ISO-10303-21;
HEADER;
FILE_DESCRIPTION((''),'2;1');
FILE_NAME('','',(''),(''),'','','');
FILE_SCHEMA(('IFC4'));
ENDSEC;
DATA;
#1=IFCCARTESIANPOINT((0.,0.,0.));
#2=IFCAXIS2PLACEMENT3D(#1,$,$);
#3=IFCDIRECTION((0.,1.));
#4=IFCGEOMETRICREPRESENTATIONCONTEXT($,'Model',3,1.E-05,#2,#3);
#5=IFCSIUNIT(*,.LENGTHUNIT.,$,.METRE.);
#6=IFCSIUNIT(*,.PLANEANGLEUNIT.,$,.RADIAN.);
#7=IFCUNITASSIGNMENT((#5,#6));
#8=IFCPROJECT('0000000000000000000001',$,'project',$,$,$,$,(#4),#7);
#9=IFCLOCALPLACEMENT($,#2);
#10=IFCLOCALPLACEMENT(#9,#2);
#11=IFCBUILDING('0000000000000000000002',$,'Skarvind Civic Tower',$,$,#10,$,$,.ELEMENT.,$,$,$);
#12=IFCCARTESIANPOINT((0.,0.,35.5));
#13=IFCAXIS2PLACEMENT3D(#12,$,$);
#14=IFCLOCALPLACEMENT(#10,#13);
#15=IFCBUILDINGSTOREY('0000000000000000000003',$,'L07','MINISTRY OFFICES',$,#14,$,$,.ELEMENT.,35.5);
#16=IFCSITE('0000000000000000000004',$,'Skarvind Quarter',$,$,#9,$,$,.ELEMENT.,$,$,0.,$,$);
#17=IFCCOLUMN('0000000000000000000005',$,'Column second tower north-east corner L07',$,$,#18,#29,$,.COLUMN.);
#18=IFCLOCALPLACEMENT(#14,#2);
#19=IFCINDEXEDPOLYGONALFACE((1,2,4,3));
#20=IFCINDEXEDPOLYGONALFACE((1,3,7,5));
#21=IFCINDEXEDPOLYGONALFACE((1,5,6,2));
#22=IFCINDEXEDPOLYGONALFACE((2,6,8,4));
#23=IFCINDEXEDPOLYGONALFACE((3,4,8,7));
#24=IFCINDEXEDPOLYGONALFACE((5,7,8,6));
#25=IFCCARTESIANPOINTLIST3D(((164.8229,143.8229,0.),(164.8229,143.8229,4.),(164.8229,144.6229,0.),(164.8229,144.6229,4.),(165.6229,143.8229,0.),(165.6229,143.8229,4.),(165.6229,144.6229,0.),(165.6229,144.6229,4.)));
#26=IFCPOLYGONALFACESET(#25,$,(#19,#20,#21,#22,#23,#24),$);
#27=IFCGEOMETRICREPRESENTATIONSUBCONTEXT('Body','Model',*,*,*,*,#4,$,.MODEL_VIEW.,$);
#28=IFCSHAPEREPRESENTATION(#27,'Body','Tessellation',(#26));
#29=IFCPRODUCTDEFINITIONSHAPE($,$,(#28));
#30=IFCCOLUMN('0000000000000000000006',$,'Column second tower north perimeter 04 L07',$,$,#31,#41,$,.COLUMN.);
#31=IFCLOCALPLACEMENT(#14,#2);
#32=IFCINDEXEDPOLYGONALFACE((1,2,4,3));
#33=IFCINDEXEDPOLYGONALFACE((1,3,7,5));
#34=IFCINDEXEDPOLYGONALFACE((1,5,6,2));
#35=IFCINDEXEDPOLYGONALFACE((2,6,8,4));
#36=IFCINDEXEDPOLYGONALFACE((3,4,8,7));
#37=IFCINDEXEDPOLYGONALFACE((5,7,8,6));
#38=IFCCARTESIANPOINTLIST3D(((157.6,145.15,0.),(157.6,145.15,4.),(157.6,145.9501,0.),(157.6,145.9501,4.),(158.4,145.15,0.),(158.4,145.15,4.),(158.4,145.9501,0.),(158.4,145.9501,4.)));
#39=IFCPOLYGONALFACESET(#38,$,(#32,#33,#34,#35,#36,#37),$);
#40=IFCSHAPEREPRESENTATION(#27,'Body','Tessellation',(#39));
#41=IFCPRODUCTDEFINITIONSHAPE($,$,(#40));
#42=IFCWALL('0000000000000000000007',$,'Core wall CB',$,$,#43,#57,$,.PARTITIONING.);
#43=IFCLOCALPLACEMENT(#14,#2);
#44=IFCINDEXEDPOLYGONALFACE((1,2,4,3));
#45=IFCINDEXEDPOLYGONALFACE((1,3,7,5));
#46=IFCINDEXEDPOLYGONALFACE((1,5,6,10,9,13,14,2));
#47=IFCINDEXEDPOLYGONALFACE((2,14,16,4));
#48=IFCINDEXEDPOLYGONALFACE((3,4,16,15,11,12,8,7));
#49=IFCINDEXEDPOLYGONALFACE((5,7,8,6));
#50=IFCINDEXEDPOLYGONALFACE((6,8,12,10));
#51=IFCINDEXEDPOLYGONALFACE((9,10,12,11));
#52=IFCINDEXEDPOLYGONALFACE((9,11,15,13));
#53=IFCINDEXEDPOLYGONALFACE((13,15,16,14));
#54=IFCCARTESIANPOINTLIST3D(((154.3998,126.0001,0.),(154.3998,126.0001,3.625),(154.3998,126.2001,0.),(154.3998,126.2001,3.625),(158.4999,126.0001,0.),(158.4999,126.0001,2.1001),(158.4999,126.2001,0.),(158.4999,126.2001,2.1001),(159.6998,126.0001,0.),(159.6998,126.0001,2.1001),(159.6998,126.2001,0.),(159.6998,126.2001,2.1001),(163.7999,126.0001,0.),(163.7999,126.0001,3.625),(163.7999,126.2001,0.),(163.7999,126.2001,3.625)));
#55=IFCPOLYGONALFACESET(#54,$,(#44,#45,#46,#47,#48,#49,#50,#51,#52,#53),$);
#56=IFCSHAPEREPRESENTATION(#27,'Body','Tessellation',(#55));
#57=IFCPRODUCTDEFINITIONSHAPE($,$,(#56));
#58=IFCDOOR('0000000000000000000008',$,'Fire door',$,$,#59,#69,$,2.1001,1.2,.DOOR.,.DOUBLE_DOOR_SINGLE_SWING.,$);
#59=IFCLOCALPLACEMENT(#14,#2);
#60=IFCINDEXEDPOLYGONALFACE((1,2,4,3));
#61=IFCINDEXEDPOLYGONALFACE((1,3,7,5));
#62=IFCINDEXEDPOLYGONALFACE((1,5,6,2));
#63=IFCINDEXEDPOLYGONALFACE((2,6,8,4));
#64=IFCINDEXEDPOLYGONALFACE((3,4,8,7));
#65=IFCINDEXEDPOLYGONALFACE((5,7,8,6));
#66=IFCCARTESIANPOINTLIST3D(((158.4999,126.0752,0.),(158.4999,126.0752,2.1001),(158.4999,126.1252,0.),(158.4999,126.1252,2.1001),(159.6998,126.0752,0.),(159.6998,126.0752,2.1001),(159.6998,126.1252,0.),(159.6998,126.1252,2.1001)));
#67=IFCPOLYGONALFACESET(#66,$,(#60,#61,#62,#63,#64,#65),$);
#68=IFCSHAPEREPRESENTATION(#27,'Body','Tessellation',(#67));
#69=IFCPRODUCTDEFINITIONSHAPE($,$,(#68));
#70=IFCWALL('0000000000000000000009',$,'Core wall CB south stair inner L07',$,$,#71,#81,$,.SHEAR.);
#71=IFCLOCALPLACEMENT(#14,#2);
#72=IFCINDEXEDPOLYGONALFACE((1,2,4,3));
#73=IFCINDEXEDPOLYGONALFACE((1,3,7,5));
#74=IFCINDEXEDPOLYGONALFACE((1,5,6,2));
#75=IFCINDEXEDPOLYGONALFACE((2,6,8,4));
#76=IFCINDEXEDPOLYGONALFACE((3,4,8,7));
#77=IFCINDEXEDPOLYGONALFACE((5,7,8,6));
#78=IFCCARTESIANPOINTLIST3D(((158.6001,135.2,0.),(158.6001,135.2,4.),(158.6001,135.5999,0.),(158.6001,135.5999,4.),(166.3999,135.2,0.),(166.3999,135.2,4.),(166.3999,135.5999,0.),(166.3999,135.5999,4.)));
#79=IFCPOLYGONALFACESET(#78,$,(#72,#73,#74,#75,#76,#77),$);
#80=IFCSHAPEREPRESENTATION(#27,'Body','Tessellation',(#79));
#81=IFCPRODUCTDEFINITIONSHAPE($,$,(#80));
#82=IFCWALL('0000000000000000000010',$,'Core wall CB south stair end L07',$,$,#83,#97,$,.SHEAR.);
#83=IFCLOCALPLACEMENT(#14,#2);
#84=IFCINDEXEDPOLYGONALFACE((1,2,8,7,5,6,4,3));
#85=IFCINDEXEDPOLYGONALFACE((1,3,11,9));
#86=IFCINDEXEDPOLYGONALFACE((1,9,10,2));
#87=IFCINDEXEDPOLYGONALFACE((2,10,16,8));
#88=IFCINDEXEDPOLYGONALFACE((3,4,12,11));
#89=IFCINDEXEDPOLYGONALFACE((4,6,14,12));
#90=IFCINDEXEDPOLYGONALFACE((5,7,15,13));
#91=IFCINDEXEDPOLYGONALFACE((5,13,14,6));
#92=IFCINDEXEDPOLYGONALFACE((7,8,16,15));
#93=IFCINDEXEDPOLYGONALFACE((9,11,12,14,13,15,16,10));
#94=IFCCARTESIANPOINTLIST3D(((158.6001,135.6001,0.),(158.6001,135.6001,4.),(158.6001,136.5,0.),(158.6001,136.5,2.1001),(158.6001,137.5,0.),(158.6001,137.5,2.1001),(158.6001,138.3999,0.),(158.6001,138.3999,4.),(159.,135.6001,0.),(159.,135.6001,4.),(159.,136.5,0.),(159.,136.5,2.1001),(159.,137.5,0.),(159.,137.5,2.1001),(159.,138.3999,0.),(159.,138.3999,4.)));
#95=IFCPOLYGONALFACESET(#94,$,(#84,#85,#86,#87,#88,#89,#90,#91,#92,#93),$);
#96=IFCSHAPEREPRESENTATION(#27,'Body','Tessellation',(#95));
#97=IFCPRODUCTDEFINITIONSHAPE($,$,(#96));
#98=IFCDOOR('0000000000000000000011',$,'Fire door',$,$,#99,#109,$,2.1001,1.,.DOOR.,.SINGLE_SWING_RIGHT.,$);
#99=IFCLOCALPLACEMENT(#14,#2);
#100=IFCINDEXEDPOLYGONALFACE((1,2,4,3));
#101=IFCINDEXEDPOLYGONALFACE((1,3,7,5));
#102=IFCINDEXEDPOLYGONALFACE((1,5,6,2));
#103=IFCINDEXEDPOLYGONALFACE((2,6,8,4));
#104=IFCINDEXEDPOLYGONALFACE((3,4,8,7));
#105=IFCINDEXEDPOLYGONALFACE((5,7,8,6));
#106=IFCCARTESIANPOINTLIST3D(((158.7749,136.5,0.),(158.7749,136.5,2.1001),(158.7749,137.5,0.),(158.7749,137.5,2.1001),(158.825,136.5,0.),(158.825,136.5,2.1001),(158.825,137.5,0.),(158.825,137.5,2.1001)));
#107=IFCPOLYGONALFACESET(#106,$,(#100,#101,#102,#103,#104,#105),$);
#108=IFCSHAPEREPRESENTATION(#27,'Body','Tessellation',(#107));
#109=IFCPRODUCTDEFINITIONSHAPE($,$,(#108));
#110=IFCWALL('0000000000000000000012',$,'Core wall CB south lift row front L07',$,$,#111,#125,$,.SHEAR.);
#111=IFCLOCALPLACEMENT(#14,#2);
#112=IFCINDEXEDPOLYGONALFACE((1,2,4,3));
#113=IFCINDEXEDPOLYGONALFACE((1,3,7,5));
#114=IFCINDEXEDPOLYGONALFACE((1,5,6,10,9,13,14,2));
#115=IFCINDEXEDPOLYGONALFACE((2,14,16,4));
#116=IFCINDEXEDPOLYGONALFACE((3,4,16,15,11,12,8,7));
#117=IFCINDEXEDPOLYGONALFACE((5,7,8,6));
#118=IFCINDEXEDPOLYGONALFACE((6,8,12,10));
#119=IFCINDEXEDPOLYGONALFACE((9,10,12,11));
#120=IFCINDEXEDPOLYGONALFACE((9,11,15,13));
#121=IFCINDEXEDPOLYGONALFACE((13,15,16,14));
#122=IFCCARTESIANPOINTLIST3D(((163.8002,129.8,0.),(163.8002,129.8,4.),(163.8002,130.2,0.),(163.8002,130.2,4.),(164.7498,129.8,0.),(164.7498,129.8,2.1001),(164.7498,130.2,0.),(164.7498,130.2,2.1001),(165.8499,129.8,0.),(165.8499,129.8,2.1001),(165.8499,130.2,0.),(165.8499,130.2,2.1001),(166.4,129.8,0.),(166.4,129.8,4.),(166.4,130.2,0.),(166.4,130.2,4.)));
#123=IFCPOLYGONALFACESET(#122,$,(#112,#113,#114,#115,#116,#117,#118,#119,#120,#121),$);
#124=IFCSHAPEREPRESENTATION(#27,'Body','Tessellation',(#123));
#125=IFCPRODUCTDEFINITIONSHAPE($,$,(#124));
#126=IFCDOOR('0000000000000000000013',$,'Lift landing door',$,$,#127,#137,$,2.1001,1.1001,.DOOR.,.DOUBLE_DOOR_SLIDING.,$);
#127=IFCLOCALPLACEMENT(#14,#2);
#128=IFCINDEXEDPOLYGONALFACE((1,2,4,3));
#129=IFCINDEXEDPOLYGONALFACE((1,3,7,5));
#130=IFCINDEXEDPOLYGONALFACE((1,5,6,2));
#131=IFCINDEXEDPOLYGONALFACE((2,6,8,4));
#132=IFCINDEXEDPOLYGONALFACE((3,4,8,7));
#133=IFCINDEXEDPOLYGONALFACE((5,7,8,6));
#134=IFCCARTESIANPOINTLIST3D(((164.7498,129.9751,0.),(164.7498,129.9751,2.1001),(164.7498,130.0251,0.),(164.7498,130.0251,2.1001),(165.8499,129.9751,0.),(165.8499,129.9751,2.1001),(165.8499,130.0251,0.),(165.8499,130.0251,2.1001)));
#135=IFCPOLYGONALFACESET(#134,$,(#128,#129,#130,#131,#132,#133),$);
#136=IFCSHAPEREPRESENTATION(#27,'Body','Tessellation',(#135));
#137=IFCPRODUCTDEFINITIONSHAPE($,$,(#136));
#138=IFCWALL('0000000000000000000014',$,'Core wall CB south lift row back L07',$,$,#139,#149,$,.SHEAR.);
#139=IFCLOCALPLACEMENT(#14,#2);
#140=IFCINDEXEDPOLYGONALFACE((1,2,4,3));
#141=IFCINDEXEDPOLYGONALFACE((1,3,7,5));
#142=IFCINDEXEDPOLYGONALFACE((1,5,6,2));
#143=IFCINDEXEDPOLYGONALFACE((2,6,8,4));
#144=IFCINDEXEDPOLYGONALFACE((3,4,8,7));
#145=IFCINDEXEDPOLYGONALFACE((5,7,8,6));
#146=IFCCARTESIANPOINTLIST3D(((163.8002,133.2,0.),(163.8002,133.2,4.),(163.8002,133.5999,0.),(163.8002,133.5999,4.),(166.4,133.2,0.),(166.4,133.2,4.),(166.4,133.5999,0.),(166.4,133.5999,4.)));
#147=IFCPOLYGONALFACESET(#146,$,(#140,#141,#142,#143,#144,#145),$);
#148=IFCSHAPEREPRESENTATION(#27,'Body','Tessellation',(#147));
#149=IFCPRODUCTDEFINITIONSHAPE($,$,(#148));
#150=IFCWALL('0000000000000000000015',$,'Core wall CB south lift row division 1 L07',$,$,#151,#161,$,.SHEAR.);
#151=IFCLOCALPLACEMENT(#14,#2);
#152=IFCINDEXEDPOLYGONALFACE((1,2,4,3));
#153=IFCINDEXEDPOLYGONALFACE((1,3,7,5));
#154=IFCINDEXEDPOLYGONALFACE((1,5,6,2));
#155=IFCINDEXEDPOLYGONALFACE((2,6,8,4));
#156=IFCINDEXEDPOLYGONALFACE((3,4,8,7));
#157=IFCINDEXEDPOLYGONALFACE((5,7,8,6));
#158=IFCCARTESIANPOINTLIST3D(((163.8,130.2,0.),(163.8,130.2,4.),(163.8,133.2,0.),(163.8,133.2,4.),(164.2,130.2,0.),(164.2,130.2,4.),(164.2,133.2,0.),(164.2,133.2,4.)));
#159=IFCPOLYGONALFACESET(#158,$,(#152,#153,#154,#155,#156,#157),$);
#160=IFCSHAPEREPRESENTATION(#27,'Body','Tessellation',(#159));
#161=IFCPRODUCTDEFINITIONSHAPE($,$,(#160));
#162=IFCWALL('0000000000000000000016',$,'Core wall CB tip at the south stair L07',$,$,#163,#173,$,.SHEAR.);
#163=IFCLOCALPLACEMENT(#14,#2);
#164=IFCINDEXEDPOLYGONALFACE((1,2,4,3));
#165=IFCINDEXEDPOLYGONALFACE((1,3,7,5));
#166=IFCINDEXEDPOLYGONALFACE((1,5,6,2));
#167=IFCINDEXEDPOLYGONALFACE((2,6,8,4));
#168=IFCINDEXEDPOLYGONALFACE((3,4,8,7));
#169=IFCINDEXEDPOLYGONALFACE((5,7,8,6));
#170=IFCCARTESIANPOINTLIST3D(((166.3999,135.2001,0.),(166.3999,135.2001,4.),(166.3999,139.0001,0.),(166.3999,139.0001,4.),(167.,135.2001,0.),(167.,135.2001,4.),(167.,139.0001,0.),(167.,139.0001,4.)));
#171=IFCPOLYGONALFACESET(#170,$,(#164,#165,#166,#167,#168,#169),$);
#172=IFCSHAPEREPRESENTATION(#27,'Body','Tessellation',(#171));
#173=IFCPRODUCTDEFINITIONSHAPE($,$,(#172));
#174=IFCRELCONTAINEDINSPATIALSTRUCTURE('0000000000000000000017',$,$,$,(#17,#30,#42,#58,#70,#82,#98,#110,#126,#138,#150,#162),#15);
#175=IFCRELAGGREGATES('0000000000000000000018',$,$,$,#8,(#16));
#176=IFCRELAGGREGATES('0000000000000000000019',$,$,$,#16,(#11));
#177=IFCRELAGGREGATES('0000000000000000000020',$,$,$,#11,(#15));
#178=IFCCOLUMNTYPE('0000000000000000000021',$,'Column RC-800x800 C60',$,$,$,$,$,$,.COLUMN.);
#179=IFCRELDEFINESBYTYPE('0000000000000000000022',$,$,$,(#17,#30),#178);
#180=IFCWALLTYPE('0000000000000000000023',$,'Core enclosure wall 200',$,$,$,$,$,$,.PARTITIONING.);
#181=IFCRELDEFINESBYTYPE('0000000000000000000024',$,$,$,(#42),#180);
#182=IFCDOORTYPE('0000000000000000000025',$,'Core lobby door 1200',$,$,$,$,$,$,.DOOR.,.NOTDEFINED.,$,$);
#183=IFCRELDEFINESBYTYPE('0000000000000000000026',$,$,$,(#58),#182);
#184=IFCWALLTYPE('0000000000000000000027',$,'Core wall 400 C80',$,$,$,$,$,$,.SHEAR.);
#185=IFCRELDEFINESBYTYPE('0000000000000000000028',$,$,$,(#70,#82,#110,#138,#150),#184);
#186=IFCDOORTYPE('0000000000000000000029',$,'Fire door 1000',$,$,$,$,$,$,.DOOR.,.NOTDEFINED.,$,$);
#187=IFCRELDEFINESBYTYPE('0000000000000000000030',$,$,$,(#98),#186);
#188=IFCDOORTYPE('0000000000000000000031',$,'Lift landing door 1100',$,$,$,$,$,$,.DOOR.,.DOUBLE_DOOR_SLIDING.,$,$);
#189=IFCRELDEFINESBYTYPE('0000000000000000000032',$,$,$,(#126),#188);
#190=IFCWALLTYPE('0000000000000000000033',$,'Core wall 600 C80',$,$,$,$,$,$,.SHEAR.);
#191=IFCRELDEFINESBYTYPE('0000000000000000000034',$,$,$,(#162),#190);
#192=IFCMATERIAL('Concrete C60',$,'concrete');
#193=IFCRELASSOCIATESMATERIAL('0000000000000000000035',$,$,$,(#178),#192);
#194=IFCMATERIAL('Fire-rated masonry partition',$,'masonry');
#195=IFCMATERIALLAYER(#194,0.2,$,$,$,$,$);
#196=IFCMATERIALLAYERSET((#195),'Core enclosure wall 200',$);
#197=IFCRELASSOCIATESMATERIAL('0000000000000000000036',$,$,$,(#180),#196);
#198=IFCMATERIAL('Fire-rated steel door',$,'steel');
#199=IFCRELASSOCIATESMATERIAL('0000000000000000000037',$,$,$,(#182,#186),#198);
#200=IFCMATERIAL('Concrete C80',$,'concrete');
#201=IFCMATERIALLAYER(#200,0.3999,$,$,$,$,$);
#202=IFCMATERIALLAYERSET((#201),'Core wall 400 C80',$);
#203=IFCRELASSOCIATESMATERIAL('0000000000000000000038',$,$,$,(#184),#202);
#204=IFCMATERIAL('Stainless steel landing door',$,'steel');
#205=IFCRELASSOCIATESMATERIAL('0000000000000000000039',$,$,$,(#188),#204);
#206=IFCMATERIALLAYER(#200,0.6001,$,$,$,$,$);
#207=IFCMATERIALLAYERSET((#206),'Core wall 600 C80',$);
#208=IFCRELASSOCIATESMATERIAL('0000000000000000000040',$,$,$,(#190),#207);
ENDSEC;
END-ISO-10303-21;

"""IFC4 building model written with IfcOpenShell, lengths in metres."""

from ifc_helpers import new_model, si_unit, direction, frame, frame_2d, origin, origin_2d, place, context, subcontext, project, spatial, rectangle, extrude, material, layer, layer_set, material_profile, profile_set, type_object, element, fill, save


model = new_model("IFC4")

# Units and contexts
model_context = context("Model", 3, precision=1e-05, world=origin(), true_north=direction((0.0, 1.0)))
body_context = subcontext(model_context, "Body", "Model", "MODEL_VIEW")
ifc_project = project(units=[si_unit("LENGTHUNIT", "METRE"), si_unit("PLANEANGLEUNIT", "RADIAN")], contexts=[model_context])

# Site, building, storey
site_placement = place(None, origin())
site = spatial("IfcSite", under=ifc_project, at=site_placement, Name="Skarvind Quarter", CompositionType="ELEMENT", RefElevation=0.0)
building_placement = place(site_placement, origin())
building = spatial("IfcBuilding", under=site, at=building_placement, Name="Skarvind Civic Tower", CompositionType="ELEMENT")
storey_placement = place(building_placement, frame((0.0, 0.0, 35.5)))
storey = spatial("IfcBuildingStorey", under=building, at=storey_placement, Name="L07", Description="MINISTRY OFFICES", CompositionType="ELEMENT", Elevation=35.5)

# Columns
ifc_material_1 = material(Name="Concrete C60", Category="concrete")
ifc_material_profile = material_profile(ifc_material_1, rectangle(XDim=0.8, YDim=0.8, at=origin_2d()), Name="RC-800x800")
ifc_profile_set = profile_set([ifc_material_profile], Name="Concrete C60")
column_type = type_object("IfcColumnType", Name="Column RC-800x800 C60", PredefinedType="COLUMN", material=ifc_profile_set)
for number, where, z_axis, x_axis, name in (
    (1, (165.2229, 144.2229, 0.0), (0.0, 0.0, 1.0), (1.0, 0.0, 0.0), "Column second tower north-east corner L07"),
    (2, (158.0, 145.55, 0.0), (0.0, 0.0, 1.0), (1.0, 0.0, 0.0), "Column second tower north perimeter 04 L07"),
):
    element("IfcColumn", number, at=place(storey_placement, frame(where, z_axis=z_axis, x_axis=x_axis)), inside=storey, type_object=column_type, Name=name, PredefinedType="COLUMN", context=body_context, shape_type="SweptSolid", body=[
        extrude(rectangle(XDim=0.8, YDim=0.8, at=origin_2d()), origin(), (0.0, 0.0, 1.0), 4.0),
    ])

# Wall, opening, door
ifc_material_2 = material(Name="Fire-rated masonry partition", Category="masonry")
ifc_layer_1 = layer(ifc_material_2, 0.2)
ifc_layer_set_1 = layer_set([ifc_layer_1], Name="Core enclosure wall 200")
wall_type_1 = type_object("IfcWallType", Name="Core enclosure wall 200", PredefinedType="PARTITIONING", material=ifc_layer_set_1)
wall_1_placement = place(storey_placement, frame((163.8, 126.1001, 0.0), z_axis=(0.0, 0.0, 1.0), x_axis=(-1.0, 0.0, 0.0)))
wall_1 = element("IfcWall", 3, at=wall_1_placement, inside=storey, type_object=wall_type_1, Name="Core wall CB", PredefinedType="PARTITIONING", context=body_context, shape_type="SweptSolid", body=[
    extrude(rectangle(XDim=9.4001, YDim=0.2, at=frame_2d((4.7002, 0.0))), origin(), (0.0, 0.0, 1.0), 3.625),
])
opening_1_placement = place(wall_1_placement, frame((4.1001, 0.0, 0.0)))
opening_1 = element("IfcOpeningElement", 4, at=opening_1_placement, cuts=wall_1, PredefinedType="OPENING", context=body_context, shape_type="SweptSolid", body=[
    extrude(rectangle(XDim=1.2, YDim=2.1001, at=frame_2d((0.6001, 1.05))), frame((0.0, 0.1099, 0.0), z_axis=(0.0, -1.0, 0.0), x_axis=(1.0, 0.0, 0.0)), (0.0, 0.0, 1.0), 0.22),
])
ifc_material_3 = material(Name="Fire-rated steel door", Category="steel")
door_type_1 = type_object("IfcDoorType", Name="Core lobby door 1200", OperationType="NOTDEFINED", PredefinedType="DOOR", material=ifc_material_3)
door_1_placement = place(opening_1_placement, origin())
door_1 = element("IfcDoor", 5, at=door_1_placement, inside=storey, type_object=door_type_1, Name="Fire door", OperationType="DOUBLE_DOOR_SINGLE_SWING", OverallHeight=2.1001, OverallWidth=1.2, PredefinedType="DOOR", context=body_context, shape_type="SweptSolid", body=[
    extrude(rectangle(XDim=1.2, YDim=2.1001, at=frame_2d((0.6001, 1.05))), frame((0.0, 0.0249, 0.0), z_axis=(0.0, -1.0, 0.0), x_axis=(1.0, 0.0, 0.0)), (0.0, 0.0, 1.0), 0.05),
])
fill(opening_1, door_1)

# Wall
ifc_material_4 = material(Name="Concrete C80", Category="concrete")
ifc_layer_2 = layer(ifc_material_4, 0.3999)
ifc_layer_set_2 = layer_set([ifc_layer_2], Name="Core wall 400 C80")
wall_type_2 = type_object("IfcWallType", Name="Core wall 400 C80", PredefinedType="SHEAR", material=ifc_layer_set_2)
wall_2_placement = place(storey_placement, frame((166.3999, 135.3999, 0.0), z_axis=(0.0, 0.0, 1.0), x_axis=(-1.0, 0.0, 0.0)))
element("IfcWall", 6, at=wall_2_placement, inside=storey, type_object=wall_type_2, Name="Core wall CB south stair inner L07", PredefinedType="SHEAR", context=body_context, shape_type="SweptSolid", body=[
    extrude(rectangle(XDim=7.7998, YDim=0.3999, at=frame_2d((3.8999, 0.0))), origin(), (0.0, 0.0, 1.0), 4.0),
])

# Walls, openings, doors
wall_3_placement = place(storey_placement, frame((158.8, 138.3999, 0.0), z_axis=(0.0, 0.0, 1.0), x_axis=(0.0, -1.0, 0.0)))
wall_3 = element("IfcWall", 7, at=wall_3_placement, inside=storey, type_object=wall_type_2, Name="Core wall CB south stair end L07", PredefinedType="SHEAR", context=body_context, shape_type="SweptSolid", body=[
    extrude(rectangle(XDim=2.7998, YDim=0.3999, at=frame_2d((1.3999, 0.0))), origin(), (0.0, 0.0, 1.0), 4.0),
])
opening_2_placement = place(wall_3_placement, frame((0.8999, 0.0, 0.0)))
opening_2 = element("IfcOpeningElement", 8, at=opening_2_placement, cuts=wall_3, PredefinedType="OPENING", context=body_context, shape_type="SweptSolid", body=[
    extrude(rectangle(XDim=1.0, YDim=2.1001, at=frame_2d((0.5, 1.05))), frame((0.0, 0.21, 0.0), z_axis=(0.0, -1.0, 0.0), x_axis=(1.0, 0.0, 0.0)), (0.0, 0.0, 1.0), 0.4199),
])
door_type_2 = type_object("IfcDoorType", Name="Fire door 1000", OperationType="NOTDEFINED", PredefinedType="DOOR", material=ifc_material_3)
door_2_placement = place(opening_2_placement, origin())
door_2 = element("IfcDoor", 9, at=door_2_placement, inside=storey, type_object=door_type_2, Name="Fire door", OperationType="SINGLE_SWING_RIGHT", OverallHeight=2.1001, OverallWidth=1.0, PredefinedType="DOOR", context=body_context, shape_type="SweptSolid", body=[
    extrude(rectangle(XDim=1.0, YDim=2.1001, at=frame_2d((0.5, 1.05))), frame((0.0, 0.0249, 0.0), z_axis=(0.0, -1.0, 0.0), x_axis=(1.0, 0.0, 0.0)), (0.0, 0.0, 1.0), 0.05),
])
fill(opening_2, door_2)
wall_4_placement = place(storey_placement, frame((166.3999, 130.0, 0.0), z_axis=(0.0, 0.0, 1.0), x_axis=(-1.0, 0.0, 0.0)))
wall_4 = element("IfcWall", 10, at=wall_4_placement, inside=storey, type_object=wall_type_2, Name="Core wall CB south lift row front L07", PredefinedType="SHEAR", context=body_context, shape_type="SweptSolid", body=[
    extrude(rectangle(XDim=2.5999, YDim=0.3999, at=frame_2d((1.2998, 0.0))), origin(), (0.0, 0.0, 1.0), 4.0),
])
opening_3_placement = place(wall_4_placement, frame((0.55, 0.0, 0.0)))
opening_3 = element("IfcOpeningElement", 11, at=opening_3_placement, cuts=wall_4, PredefinedType="OPENING", context=body_context, shape_type="SweptSolid", body=[
    extrude(rectangle(XDim=1.1001, YDim=2.1001, at=frame_2d((0.55, 1.05))), frame((0.0, 0.21, 0.0), z_axis=(0.0, -1.0, 0.0), x_axis=(1.0, 0.0, 0.0)), (0.0, 0.0, 1.0), 0.4199),
])
ifc_material_5 = material(Name="Stainless steel landing door", Category="steel")
door_type_3 = type_object("IfcDoorType", Name="Lift landing door 1100", OperationType="DOUBLE_DOOR_SLIDING", PredefinedType="DOOR", material=ifc_material_5)
door_3_placement = place(opening_3_placement, origin())
door_3 = element("IfcDoor", 12, at=door_3_placement, inside=storey, type_object=door_type_3, Name="Lift landing door", OperationType="DOUBLE_DOOR_SLIDING", OverallHeight=2.1001, OverallWidth=1.1001, PredefinedType="DOOR", context=body_context, shape_type="SweptSolid", body=[
    extrude(rectangle(XDim=1.1001, YDim=2.1001, at=frame_2d((0.55, 1.05))), frame((0.0, 0.0249, 0.0), z_axis=(0.0, -1.0, 0.0), x_axis=(1.0, 0.0, 0.0)), (0.0, 0.0, 1.0), 0.05),
])
fill(opening_3, door_3)

# Walls
wall_5_placement = place(storey_placement, frame((166.3999, 133.3999, 0.0), z_axis=(0.0, 0.0, 1.0), x_axis=(-1.0, 0.0, 0.0)))
element("IfcWall", 13, at=wall_5_placement, inside=storey, type_object=wall_type_2, Name="Core wall CB south lift row back L07", PredefinedType="SHEAR", context=body_context, shape_type="SweptSolid", body=[
    extrude(rectangle(XDim=2.5999, YDim=0.3999, at=frame_2d((1.2998, 0.0))), origin(), (0.0, 0.0, 1.0), 4.0),
])
wall_6_placement = place(storey_placement, frame((164.0, 133.2, 0.0), z_axis=(0.0, 0.0, 1.0), x_axis=(0.0, -1.0, 0.0)))
element("IfcWall", 14, at=wall_6_placement, inside=storey, type_object=wall_type_2, Name="Core wall CB south lift row division 1 L07", PredefinedType="SHEAR", context=body_context, shape_type="SweptSolid", body=[
    extrude(rectangle(XDim=3.0, YDim=0.3999, at=frame_2d((1.5, 0.0))), origin(), (0.0, 0.0, 1.0), 4.0),
])
ifc_layer_3 = layer(ifc_material_4, 0.6001)
ifc_layer_set_3 = layer_set([ifc_layer_3], Name="Core wall 600 C80")
wall_type_3 = type_object("IfcWallType", Name="Core wall 600 C80", PredefinedType="SHEAR", material=ifc_layer_set_3)
wall_7_placement = place(storey_placement, frame((166.7, 139.0, 0.0), z_axis=(0.0, 0.0, 1.0), x_axis=(0.0, -1.0, 0.0)))
element("IfcWall", 15, at=wall_7_placement, inside=storey, type_object=wall_type_3, Name="Core wall CB tip at the south stair L07", PredefinedType="SHEAR", context=body_context, shape_type="SweptSolid", body=[
    extrude(rectangle(XDim=3.8, YDim=0.6001, at=frame_2d((1.8999, 0.0))), origin(), (0.0, 0.0, 1.0), 4.0),
])

save(model, "model.ifc")
